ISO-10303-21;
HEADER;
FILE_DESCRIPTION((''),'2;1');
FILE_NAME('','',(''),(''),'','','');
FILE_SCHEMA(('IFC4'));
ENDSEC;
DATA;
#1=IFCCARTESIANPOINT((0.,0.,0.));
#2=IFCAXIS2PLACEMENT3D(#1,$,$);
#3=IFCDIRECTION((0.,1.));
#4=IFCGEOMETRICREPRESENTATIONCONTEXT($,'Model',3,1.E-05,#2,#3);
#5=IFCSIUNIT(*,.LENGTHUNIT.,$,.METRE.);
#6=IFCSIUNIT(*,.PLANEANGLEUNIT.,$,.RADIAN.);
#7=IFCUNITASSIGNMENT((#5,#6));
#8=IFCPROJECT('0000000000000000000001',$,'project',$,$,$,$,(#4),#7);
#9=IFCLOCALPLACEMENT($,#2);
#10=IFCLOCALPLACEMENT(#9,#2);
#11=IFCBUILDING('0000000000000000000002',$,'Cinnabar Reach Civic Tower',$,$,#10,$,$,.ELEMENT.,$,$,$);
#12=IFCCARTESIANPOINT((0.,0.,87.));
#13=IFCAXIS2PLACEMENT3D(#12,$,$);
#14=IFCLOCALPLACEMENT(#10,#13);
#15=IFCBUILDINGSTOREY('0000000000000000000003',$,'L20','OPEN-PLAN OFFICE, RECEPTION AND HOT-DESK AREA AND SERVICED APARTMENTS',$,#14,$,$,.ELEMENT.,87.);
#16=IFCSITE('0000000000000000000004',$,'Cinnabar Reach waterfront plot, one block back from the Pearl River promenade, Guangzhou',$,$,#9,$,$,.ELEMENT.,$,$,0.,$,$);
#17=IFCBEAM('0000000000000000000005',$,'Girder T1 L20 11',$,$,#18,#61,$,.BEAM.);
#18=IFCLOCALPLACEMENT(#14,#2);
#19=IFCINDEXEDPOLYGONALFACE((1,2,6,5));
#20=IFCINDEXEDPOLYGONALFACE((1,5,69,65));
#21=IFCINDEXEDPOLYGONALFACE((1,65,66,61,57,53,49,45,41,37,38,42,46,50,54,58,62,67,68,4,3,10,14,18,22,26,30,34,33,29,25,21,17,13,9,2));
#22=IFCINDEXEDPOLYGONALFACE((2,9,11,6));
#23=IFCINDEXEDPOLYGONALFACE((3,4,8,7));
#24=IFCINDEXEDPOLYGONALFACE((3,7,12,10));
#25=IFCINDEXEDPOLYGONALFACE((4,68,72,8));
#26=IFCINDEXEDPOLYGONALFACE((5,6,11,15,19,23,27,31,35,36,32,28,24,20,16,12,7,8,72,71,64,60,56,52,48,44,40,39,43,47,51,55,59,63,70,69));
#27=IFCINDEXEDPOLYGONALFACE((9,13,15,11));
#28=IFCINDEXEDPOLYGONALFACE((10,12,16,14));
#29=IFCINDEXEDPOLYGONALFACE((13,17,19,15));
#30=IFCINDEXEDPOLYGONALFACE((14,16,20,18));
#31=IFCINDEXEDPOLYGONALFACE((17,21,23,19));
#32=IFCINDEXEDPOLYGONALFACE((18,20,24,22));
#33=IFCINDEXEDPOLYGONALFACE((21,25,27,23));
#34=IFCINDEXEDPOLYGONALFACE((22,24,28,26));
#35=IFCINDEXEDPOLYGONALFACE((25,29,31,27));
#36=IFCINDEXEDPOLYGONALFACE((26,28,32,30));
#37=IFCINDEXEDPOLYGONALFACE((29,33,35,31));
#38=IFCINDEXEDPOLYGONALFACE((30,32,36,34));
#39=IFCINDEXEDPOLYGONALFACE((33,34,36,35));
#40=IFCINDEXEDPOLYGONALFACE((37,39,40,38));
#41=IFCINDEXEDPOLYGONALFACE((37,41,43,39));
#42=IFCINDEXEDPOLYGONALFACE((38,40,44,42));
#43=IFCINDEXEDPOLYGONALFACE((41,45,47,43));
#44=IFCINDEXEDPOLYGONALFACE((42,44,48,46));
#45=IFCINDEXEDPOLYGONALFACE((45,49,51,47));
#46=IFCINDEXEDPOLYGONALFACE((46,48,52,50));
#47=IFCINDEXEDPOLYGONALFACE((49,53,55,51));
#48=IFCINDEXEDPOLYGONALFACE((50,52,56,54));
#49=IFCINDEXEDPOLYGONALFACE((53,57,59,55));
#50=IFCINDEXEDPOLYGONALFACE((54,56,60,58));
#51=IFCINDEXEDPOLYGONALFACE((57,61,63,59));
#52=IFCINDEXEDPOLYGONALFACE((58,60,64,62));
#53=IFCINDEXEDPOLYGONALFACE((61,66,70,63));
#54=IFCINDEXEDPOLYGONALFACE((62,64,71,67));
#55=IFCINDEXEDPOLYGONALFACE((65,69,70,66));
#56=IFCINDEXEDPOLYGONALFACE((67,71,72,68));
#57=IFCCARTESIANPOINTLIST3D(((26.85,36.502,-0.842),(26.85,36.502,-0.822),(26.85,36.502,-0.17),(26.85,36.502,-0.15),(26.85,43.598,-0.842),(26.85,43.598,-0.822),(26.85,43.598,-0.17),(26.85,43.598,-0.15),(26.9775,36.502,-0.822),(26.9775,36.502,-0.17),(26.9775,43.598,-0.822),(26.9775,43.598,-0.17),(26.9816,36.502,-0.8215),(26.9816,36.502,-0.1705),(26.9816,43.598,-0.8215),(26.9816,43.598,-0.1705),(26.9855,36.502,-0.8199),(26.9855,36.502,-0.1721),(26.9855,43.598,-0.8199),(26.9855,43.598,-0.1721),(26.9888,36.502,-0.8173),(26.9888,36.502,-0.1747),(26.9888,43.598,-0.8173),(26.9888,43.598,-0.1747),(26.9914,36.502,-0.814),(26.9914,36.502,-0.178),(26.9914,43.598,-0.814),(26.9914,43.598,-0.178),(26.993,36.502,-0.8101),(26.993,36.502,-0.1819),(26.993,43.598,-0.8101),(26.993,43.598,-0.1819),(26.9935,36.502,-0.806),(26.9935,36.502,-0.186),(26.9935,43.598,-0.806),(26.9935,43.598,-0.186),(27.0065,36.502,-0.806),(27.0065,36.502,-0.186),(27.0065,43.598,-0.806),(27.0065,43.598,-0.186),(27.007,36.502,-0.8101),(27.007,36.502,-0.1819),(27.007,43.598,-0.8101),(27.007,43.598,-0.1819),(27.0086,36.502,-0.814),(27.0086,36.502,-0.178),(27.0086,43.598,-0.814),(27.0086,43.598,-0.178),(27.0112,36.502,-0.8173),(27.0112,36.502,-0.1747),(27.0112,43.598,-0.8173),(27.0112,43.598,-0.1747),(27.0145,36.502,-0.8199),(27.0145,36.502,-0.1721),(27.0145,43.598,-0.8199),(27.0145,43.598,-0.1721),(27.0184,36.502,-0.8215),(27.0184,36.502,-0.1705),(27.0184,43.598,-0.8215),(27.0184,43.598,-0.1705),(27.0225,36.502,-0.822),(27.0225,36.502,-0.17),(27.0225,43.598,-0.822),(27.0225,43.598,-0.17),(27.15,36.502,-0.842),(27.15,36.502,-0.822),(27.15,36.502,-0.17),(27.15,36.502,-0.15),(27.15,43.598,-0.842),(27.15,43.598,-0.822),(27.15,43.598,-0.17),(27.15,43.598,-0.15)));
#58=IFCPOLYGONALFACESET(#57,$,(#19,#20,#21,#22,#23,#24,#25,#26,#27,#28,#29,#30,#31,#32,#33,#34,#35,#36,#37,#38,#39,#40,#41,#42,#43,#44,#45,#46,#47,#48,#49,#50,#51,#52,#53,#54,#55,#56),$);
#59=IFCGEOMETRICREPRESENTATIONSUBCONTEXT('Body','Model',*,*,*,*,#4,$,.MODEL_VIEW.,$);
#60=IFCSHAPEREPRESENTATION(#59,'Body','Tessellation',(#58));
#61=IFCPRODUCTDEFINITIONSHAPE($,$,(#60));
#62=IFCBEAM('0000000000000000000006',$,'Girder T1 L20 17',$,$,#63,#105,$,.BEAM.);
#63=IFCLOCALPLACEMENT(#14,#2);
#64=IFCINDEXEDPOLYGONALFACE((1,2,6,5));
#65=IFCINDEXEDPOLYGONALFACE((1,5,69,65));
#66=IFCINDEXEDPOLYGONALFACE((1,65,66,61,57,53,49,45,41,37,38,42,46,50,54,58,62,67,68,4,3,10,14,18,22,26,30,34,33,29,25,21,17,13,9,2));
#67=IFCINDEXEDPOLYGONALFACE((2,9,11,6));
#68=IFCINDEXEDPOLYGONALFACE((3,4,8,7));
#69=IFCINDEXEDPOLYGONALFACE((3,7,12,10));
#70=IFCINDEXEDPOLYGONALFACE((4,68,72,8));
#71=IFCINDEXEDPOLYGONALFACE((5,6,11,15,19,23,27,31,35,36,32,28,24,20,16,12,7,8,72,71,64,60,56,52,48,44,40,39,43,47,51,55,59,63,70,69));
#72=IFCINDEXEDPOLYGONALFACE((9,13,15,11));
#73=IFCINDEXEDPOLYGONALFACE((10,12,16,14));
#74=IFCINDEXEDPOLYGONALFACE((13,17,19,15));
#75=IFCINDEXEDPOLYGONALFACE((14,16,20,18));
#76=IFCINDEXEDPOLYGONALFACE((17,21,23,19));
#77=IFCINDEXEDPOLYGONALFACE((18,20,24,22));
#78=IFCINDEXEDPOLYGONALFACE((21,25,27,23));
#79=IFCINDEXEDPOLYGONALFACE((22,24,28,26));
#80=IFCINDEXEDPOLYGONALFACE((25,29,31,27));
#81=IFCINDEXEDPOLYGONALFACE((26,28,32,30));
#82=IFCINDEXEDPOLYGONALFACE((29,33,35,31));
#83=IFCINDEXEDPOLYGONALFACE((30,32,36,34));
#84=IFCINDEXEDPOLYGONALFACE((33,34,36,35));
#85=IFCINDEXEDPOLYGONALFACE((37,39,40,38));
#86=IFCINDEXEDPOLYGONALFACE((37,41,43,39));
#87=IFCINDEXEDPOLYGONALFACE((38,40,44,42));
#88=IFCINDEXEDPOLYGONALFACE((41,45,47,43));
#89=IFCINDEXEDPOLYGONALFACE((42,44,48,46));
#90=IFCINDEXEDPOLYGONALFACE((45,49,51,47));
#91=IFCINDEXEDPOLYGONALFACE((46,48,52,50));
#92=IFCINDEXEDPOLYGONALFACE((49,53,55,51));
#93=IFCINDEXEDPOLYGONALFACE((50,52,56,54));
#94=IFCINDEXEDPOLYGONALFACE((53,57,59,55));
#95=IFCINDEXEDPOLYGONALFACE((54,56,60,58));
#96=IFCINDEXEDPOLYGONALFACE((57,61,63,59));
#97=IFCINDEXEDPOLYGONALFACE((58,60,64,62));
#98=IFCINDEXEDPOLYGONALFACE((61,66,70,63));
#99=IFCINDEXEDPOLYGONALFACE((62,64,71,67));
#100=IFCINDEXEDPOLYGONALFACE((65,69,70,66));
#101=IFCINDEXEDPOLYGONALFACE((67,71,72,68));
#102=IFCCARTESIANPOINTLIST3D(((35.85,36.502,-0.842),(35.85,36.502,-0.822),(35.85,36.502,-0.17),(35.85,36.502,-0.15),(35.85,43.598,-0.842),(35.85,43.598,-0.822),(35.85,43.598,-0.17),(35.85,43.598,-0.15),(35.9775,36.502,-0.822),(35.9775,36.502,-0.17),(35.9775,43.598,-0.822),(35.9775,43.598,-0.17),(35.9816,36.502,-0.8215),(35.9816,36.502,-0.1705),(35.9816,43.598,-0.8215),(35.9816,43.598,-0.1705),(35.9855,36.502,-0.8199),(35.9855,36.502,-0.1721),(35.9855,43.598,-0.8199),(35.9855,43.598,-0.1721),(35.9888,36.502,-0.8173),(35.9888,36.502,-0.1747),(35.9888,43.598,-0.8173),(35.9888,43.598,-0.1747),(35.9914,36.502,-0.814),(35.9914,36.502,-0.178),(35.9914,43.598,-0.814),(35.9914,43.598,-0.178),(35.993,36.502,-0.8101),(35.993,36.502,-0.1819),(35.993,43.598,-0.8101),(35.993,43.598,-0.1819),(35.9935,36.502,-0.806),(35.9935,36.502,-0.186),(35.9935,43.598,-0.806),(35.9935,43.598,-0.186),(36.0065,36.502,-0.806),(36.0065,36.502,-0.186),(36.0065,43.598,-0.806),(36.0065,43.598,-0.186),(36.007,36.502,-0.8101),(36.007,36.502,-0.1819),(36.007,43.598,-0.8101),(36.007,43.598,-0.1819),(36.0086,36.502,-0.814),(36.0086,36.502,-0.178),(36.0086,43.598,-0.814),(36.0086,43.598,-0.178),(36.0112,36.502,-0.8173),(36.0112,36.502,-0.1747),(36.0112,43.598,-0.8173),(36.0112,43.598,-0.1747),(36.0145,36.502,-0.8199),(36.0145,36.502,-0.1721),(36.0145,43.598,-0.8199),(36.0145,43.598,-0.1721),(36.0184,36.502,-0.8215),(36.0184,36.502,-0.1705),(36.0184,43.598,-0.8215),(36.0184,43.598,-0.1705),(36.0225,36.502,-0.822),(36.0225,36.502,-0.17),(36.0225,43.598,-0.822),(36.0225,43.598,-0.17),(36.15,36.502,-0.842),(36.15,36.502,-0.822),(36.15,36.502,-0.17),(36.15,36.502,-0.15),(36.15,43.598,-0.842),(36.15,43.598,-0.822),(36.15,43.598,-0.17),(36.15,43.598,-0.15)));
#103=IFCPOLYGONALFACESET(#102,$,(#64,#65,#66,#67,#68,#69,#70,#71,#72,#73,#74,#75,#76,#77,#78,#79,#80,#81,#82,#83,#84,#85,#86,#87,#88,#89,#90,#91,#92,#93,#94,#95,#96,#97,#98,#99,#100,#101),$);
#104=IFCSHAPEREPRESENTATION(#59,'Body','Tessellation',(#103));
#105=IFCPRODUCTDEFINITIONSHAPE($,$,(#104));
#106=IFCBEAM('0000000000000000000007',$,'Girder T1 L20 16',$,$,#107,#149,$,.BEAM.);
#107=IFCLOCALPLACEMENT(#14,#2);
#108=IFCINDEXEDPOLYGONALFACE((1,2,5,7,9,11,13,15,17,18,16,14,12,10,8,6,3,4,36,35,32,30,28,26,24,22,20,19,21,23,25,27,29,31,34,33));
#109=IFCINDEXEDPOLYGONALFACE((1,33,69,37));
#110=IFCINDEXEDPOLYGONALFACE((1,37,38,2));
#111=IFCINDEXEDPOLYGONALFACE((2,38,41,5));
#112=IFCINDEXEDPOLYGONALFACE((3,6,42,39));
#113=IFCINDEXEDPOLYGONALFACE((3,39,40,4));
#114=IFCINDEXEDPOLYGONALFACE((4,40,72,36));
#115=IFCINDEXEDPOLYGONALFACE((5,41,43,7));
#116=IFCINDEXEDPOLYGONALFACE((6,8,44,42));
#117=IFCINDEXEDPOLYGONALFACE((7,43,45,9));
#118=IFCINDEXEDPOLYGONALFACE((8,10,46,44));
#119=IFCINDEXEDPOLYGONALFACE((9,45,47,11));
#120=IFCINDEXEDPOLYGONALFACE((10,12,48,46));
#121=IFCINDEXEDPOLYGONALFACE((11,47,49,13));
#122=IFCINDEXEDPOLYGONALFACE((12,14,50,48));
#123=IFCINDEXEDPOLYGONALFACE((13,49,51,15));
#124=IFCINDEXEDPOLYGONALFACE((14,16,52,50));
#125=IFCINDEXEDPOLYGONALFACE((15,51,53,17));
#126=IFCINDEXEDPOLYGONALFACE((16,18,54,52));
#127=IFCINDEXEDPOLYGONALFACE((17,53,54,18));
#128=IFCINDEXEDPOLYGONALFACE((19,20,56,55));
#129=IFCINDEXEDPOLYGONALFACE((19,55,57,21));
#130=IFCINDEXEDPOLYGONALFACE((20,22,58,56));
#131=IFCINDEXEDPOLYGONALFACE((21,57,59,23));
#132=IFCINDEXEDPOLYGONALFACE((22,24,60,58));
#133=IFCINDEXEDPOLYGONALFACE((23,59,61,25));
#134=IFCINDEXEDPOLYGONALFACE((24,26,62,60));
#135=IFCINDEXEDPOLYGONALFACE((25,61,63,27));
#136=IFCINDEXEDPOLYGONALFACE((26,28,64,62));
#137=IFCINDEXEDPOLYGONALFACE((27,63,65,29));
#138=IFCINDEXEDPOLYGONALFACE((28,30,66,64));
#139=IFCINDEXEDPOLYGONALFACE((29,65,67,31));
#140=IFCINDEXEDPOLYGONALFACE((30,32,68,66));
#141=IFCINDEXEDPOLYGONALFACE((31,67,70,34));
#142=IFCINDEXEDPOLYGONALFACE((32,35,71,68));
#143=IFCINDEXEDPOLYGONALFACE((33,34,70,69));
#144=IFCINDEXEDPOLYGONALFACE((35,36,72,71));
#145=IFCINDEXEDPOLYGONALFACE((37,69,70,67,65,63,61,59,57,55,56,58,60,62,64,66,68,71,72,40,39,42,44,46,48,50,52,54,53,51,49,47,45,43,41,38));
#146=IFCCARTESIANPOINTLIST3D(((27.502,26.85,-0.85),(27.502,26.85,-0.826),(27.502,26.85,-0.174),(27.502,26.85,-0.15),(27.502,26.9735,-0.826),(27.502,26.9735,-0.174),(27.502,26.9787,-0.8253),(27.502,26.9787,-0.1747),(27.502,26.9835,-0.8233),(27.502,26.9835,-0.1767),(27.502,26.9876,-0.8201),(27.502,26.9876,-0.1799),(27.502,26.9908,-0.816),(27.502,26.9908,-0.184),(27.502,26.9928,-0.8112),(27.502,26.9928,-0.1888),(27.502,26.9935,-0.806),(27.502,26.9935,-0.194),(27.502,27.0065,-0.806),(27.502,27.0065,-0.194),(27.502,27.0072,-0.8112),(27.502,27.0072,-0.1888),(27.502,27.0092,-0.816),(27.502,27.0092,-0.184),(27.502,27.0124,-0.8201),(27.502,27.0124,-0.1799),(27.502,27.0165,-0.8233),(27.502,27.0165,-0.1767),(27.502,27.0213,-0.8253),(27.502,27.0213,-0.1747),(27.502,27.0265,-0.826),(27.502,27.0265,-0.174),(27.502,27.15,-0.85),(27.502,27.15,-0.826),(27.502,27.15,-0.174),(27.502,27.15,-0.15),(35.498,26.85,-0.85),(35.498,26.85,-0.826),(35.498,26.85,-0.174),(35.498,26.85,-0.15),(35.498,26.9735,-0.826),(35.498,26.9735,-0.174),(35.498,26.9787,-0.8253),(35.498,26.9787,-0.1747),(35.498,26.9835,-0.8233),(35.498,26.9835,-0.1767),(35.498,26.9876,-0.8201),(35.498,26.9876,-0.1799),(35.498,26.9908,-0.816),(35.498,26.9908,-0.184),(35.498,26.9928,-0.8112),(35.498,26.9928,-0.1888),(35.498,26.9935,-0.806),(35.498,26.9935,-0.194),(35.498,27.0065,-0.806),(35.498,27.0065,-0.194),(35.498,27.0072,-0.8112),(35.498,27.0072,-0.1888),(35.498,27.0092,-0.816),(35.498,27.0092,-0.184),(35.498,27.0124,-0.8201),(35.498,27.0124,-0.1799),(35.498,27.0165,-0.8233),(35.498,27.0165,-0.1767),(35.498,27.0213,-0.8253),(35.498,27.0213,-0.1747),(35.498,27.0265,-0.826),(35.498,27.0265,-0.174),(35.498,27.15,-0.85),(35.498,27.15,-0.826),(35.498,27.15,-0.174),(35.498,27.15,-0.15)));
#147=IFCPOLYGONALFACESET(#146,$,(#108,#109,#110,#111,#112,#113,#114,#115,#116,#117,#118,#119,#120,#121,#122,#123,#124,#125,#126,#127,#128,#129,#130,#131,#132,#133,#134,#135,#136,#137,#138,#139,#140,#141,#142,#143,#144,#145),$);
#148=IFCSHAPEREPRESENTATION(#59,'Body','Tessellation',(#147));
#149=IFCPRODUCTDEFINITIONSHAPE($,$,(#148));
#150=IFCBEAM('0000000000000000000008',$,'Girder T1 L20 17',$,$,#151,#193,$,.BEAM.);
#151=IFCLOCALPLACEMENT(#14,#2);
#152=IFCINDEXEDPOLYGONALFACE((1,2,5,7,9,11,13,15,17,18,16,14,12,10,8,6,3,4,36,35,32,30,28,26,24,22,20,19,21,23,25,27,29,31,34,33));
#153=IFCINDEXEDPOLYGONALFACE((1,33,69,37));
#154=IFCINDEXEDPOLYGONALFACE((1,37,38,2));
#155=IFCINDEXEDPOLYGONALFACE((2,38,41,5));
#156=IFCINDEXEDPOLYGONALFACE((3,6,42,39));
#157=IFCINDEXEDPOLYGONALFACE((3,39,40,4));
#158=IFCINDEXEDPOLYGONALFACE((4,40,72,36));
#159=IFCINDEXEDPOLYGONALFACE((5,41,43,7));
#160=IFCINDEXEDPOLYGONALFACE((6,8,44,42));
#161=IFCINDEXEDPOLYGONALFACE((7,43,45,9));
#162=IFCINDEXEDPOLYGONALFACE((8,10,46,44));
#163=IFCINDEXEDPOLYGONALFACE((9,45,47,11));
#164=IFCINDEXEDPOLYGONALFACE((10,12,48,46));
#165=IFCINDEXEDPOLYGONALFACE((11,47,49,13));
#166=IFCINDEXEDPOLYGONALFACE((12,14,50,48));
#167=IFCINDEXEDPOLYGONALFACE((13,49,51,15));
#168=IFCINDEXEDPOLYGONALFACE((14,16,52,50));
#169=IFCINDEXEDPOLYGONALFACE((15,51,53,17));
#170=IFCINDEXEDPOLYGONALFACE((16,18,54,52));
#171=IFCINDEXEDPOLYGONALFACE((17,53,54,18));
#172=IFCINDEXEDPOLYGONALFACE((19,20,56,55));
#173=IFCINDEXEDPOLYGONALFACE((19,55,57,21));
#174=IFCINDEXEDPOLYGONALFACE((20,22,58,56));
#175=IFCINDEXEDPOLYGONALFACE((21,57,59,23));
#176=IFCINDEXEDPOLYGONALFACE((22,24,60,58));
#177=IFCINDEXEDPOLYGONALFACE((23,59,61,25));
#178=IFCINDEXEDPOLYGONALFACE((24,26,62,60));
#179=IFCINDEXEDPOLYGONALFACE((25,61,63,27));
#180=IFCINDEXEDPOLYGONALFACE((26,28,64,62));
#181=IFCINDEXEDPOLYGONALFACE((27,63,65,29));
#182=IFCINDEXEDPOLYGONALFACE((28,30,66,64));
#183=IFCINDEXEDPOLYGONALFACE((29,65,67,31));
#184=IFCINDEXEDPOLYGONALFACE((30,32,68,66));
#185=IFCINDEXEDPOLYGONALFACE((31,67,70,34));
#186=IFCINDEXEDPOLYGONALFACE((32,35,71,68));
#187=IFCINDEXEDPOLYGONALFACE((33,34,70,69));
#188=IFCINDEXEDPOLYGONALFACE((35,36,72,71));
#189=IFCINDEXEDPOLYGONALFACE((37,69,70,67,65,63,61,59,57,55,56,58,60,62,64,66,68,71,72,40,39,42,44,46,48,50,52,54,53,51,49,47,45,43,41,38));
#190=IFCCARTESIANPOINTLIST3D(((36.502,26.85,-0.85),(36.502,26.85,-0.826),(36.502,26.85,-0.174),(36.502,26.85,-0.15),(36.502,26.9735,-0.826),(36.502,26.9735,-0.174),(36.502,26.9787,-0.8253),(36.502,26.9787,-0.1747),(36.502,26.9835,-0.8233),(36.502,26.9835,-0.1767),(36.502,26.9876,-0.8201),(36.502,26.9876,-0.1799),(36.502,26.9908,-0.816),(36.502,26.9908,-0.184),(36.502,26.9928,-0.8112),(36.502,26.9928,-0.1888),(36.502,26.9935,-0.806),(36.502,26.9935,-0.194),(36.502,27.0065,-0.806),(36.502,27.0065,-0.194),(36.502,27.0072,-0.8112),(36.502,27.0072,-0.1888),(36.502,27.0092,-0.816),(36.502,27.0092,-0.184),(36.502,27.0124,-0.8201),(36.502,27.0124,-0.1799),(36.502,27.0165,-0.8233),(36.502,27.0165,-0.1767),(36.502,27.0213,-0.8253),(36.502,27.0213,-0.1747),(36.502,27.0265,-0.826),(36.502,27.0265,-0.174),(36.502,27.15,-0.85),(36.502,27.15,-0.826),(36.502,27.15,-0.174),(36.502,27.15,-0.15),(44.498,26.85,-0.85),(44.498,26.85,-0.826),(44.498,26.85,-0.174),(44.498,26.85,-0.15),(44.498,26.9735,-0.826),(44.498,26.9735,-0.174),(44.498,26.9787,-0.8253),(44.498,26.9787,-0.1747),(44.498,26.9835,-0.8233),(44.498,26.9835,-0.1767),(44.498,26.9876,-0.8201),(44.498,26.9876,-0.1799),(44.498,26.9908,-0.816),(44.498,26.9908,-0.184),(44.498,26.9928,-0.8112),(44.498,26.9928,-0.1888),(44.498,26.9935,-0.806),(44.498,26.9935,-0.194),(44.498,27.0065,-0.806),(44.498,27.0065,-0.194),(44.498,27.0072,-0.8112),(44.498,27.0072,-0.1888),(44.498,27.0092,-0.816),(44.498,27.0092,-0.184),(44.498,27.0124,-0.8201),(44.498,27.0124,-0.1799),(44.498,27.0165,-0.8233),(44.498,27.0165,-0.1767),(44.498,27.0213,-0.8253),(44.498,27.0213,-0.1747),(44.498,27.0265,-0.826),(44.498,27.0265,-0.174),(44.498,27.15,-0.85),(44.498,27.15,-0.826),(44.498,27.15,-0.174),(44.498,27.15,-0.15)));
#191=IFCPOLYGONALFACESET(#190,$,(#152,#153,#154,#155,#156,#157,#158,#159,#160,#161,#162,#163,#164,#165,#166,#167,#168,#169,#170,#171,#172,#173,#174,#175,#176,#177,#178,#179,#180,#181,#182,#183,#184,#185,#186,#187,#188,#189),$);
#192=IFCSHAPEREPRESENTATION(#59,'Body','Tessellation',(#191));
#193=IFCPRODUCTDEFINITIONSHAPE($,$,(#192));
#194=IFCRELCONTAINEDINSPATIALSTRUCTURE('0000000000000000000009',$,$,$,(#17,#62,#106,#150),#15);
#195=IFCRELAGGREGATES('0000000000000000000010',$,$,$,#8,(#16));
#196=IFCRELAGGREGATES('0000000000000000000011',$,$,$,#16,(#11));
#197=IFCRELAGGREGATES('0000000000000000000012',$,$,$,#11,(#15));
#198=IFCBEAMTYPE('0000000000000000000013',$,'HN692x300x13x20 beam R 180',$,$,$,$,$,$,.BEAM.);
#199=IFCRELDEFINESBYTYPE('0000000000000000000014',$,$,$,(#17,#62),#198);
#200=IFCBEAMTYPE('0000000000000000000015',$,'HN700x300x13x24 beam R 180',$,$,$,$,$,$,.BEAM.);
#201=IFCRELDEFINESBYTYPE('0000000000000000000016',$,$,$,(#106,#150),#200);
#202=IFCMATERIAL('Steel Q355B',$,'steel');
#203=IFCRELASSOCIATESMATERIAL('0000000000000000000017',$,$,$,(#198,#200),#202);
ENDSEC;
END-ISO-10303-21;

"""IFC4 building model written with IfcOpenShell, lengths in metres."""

from ifc_helpers import new_model, si_unit, direction, frame, origin, origin_2d, place, context, subcontext, project, spatial, i_section, extrude, material, material_profile, profile_set, type_object, element, save


model = new_model("IFC4")

# Units and contexts
model_context = context("Model", 3, precision=1e-05, world=origin(), true_north=direction((0.0, 1.0)))
body_context = subcontext(model_context, "Body", "Model", "MODEL_VIEW")
ifc_project = project(units=[si_unit("LENGTHUNIT", "METRE"), si_unit("PLANEANGLEUNIT", "RADIAN")], contexts=[model_context])

# Site, building, storey
site_placement = place(None, origin())
site = spatial("IfcSite", under=ifc_project, at=site_placement, Name="Cinnabar Reach waterfront plot, one block back from the Pearl River promenade, Guangzhou", CompositionType="ELEMENT", RefElevation=0.0)
building_placement = place(site_placement, origin())
building = spatial("IfcBuilding", under=site, at=building_placement, Name="Cinnabar Reach Civic Tower", CompositionType="ELEMENT")
storey_placement = place(building_placement, frame((0.0, 0.0, 87.0)))
storey = spatial("IfcBuildingStorey", under=building, at=storey_placement, Name="L20", Description="OPEN-PLAN OFFICE, RECEPTION AND HOT-DESK AREA AND SERVICED APARTMENTS", CompositionType="ELEMENT", Elevation=87.0)

# Beams
ifc_material_1 = material(Name="Steel Q355B", Category="steel")
ifc_material_profile_1 = material_profile(ifc_material_1, i_section(OverallWidth=0.3, OverallDepth=0.692, WebThickness=0.013, FlangeThickness=0.02, FilletRadius=0.016, at=origin_2d()), Name="HN692x300x13x20")
ifc_profile_set_1 = profile_set([ifc_material_profile_1], Name="Steel Q355B")
beam_type_1 = type_object("IfcBeamType", Name="HN692x300x13x20 beam R 180", PredefinedType="BEAM", material=ifc_profile_set_1)
for number, where, z_axis, x_axis, name in (
    (1, (27.0, 36.502, -0.496), (0.0, 1.0, 0.0), (-1.0, 0.0, 0.0), "Girder T1 L20 11"),
    (2, (36.0, 36.502, -0.496), (0.0, 1.0, 0.0), (-1.0, 0.0, 0.0), "Girder T1 L20 17"),
):
    element("IfcBeam", number, at=place(storey_placement, frame(where, z_axis=z_axis, x_axis=x_axis)), inside=storey, type_object=beam_type_1, Name=name, PredefinedType="BEAM", context=body_context, shape_type="SweptSolid", body=[
        extrude(i_section(OverallWidth=0.3, OverallDepth=0.692, WebThickness=0.013, FlangeThickness=0.02, FilletRadius=0.016, at=origin_2d()), origin(), (0.0, 0.0, 1.0), 7.096),
    ])
ifc_material_profile_2 = material_profile(ifc_material_1, i_section(OverallWidth=0.3, OverallDepth=0.7, WebThickness=0.013, FlangeThickness=0.024, FilletRadius=0.02, at=origin_2d()), Name="HN700x300x13x24")
ifc_profile_set_2 = profile_set([ifc_material_profile_2], Name="Steel Q355B")
beam_type_2 = type_object("IfcBeamType", Name="HN700x300x13x24 beam R 180", PredefinedType="BEAM", material=ifc_profile_set_2)
for number, where, z_axis, x_axis, name in (
    (3, (27.502, 27.0, -0.5), (1.0, 0.0, 0.0), (0.0, 1.0, 0.0), "Girder T1 L20 16"),
    (4, (36.502, 27.0, -0.5), (1.0, 0.0, 0.0), (0.0, 1.0, 0.0), "Girder T1 L20 17"),
):
    element("IfcBeam", number, at=place(storey_placement, frame(where, z_axis=z_axis, x_axis=x_axis)), inside=storey, type_object=beam_type_2, Name=name, PredefinedType="BEAM", context=body_context, shape_type="SweptSolid", body=[
        extrude(i_section(OverallWidth=0.3, OverallDepth=0.7, WebThickness=0.013, FlangeThickness=0.024, FilletRadius=0.02, at=origin_2d()), origin(), (0.0, 0.0, 1.0), 7.996),
    ])

save(model, "model.ifc")
